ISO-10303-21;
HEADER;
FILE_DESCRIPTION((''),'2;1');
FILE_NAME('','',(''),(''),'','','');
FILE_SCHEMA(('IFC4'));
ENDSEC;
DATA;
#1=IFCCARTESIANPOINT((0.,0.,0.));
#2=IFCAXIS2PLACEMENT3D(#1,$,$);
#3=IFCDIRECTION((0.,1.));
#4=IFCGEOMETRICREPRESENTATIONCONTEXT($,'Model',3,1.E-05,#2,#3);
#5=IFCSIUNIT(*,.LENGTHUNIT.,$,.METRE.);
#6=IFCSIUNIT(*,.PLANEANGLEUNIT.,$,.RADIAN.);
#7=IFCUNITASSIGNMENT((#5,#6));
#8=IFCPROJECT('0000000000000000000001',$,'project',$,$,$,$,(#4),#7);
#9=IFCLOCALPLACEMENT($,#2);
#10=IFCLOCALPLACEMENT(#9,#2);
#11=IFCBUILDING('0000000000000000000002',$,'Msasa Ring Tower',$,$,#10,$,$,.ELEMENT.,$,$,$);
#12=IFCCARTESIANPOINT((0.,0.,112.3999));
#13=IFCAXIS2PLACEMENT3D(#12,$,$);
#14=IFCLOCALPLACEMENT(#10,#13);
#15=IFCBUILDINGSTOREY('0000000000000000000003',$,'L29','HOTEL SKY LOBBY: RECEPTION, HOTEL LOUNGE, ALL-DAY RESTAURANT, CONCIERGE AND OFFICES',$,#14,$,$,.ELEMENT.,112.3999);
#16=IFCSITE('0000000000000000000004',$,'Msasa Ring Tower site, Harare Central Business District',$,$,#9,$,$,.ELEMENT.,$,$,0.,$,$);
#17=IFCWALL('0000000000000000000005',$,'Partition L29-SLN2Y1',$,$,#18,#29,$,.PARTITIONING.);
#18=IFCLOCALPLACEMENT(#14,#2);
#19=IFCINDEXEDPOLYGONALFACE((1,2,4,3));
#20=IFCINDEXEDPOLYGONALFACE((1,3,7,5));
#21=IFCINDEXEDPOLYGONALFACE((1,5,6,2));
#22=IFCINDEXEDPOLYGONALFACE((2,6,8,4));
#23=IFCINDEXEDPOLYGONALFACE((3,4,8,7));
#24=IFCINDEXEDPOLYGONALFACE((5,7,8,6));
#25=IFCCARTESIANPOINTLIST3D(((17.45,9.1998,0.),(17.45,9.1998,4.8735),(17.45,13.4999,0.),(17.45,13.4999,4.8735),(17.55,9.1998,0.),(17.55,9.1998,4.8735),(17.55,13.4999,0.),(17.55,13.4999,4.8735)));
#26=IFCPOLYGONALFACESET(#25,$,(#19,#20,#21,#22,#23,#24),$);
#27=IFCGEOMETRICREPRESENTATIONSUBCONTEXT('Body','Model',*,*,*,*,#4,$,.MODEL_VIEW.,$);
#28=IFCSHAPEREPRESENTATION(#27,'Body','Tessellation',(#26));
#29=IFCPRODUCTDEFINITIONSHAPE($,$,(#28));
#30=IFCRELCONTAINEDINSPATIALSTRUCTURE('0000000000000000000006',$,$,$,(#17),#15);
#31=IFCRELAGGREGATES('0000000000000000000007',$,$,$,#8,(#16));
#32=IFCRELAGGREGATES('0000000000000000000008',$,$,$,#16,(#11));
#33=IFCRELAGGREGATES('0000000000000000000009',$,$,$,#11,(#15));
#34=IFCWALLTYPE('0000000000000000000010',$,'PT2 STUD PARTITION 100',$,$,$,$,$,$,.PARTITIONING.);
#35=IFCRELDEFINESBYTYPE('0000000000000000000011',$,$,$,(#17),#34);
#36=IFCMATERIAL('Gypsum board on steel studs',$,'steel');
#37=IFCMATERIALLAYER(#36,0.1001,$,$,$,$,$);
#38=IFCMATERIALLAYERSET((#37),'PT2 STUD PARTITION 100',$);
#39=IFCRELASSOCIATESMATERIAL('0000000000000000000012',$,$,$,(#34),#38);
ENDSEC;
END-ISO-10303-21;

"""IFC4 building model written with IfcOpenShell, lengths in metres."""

from ifc_helpers import new_model, si_unit, direction, frame, frame_2d, origin, place, context, subcontext, project, spatial, rectangle, extrude, material, layer, layer_set, type_object, element, save


model = new_model("IFC4")

# Units and contexts
model_context = context("Model", 3, precision=1e-05, world=origin(), true_north=direction((0.0, 1.0)))
body_context = subcontext(model_context, "Body", "Model", "MODEL_VIEW")
ifc_project = project(units=[si_unit("LENGTHUNIT", "METRE"), si_unit("PLANEANGLEUNIT", "RADIAN")], contexts=[model_context])

# Site, building, storey
site_placement = place(None, origin())
site = spatial("IfcSite", under=ifc_project, at=site_placement, Name="Msasa Ring Tower site, Harare Central Business District", CompositionType="ELEMENT", RefElevation=0.0)
building_placement = place(site_placement, origin())
building = spatial("IfcBuilding", under=site, at=building_placement, Name="Msasa Ring Tower", CompositionType="ELEMENT")
storey_placement = place(building_placement, frame((0.0, 0.0, 112.3999)))
storey = spatial("IfcBuildingStorey", under=building, at=storey_placement, Name="L29", Description="HOTEL SKY LOBBY: RECEPTION, HOTEL LOUNGE, ALL-DAY RESTAURANT, CONCIERGE AND OFFICES", CompositionType="ELEMENT", Elevation=112.3999)

# Wall
ifc_material_1 = material(Name="Gypsum board on steel studs", Category="steel")
ifc_layer_1 = layer(ifc_material_1, 0.1001)
ifc_layer_set_1 = layer_set([ifc_layer_1], Name="PT2 STUD PARTITION 100")
wall_type = type_object("IfcWallType", Name="PT2 STUD PARTITION 100", PredefinedType="PARTITIONING", material=ifc_layer_set_1)
wall_placement = place(storey_placement, frame((17.5, 9.2, 0.0), z_axis=(0.0, 0.0, 1.0), x_axis=(0.0, 1.0, 0.0)))
element("IfcWall", 1, at=wall_placement, inside=storey, type_object=wall_type, Name="Partition L29-SLN2Y1", PredefinedType="PARTITIONING", context=body_context, shape_type="SweptSolid", body=[
    extrude(rectangle(XDim=4.3, YDim=0.1001, at=frame_2d((2.1499, 0.0))), origin(), (0.0, 0.0, 1.0), 4.8735),
])

save(model, "model.ifc")
